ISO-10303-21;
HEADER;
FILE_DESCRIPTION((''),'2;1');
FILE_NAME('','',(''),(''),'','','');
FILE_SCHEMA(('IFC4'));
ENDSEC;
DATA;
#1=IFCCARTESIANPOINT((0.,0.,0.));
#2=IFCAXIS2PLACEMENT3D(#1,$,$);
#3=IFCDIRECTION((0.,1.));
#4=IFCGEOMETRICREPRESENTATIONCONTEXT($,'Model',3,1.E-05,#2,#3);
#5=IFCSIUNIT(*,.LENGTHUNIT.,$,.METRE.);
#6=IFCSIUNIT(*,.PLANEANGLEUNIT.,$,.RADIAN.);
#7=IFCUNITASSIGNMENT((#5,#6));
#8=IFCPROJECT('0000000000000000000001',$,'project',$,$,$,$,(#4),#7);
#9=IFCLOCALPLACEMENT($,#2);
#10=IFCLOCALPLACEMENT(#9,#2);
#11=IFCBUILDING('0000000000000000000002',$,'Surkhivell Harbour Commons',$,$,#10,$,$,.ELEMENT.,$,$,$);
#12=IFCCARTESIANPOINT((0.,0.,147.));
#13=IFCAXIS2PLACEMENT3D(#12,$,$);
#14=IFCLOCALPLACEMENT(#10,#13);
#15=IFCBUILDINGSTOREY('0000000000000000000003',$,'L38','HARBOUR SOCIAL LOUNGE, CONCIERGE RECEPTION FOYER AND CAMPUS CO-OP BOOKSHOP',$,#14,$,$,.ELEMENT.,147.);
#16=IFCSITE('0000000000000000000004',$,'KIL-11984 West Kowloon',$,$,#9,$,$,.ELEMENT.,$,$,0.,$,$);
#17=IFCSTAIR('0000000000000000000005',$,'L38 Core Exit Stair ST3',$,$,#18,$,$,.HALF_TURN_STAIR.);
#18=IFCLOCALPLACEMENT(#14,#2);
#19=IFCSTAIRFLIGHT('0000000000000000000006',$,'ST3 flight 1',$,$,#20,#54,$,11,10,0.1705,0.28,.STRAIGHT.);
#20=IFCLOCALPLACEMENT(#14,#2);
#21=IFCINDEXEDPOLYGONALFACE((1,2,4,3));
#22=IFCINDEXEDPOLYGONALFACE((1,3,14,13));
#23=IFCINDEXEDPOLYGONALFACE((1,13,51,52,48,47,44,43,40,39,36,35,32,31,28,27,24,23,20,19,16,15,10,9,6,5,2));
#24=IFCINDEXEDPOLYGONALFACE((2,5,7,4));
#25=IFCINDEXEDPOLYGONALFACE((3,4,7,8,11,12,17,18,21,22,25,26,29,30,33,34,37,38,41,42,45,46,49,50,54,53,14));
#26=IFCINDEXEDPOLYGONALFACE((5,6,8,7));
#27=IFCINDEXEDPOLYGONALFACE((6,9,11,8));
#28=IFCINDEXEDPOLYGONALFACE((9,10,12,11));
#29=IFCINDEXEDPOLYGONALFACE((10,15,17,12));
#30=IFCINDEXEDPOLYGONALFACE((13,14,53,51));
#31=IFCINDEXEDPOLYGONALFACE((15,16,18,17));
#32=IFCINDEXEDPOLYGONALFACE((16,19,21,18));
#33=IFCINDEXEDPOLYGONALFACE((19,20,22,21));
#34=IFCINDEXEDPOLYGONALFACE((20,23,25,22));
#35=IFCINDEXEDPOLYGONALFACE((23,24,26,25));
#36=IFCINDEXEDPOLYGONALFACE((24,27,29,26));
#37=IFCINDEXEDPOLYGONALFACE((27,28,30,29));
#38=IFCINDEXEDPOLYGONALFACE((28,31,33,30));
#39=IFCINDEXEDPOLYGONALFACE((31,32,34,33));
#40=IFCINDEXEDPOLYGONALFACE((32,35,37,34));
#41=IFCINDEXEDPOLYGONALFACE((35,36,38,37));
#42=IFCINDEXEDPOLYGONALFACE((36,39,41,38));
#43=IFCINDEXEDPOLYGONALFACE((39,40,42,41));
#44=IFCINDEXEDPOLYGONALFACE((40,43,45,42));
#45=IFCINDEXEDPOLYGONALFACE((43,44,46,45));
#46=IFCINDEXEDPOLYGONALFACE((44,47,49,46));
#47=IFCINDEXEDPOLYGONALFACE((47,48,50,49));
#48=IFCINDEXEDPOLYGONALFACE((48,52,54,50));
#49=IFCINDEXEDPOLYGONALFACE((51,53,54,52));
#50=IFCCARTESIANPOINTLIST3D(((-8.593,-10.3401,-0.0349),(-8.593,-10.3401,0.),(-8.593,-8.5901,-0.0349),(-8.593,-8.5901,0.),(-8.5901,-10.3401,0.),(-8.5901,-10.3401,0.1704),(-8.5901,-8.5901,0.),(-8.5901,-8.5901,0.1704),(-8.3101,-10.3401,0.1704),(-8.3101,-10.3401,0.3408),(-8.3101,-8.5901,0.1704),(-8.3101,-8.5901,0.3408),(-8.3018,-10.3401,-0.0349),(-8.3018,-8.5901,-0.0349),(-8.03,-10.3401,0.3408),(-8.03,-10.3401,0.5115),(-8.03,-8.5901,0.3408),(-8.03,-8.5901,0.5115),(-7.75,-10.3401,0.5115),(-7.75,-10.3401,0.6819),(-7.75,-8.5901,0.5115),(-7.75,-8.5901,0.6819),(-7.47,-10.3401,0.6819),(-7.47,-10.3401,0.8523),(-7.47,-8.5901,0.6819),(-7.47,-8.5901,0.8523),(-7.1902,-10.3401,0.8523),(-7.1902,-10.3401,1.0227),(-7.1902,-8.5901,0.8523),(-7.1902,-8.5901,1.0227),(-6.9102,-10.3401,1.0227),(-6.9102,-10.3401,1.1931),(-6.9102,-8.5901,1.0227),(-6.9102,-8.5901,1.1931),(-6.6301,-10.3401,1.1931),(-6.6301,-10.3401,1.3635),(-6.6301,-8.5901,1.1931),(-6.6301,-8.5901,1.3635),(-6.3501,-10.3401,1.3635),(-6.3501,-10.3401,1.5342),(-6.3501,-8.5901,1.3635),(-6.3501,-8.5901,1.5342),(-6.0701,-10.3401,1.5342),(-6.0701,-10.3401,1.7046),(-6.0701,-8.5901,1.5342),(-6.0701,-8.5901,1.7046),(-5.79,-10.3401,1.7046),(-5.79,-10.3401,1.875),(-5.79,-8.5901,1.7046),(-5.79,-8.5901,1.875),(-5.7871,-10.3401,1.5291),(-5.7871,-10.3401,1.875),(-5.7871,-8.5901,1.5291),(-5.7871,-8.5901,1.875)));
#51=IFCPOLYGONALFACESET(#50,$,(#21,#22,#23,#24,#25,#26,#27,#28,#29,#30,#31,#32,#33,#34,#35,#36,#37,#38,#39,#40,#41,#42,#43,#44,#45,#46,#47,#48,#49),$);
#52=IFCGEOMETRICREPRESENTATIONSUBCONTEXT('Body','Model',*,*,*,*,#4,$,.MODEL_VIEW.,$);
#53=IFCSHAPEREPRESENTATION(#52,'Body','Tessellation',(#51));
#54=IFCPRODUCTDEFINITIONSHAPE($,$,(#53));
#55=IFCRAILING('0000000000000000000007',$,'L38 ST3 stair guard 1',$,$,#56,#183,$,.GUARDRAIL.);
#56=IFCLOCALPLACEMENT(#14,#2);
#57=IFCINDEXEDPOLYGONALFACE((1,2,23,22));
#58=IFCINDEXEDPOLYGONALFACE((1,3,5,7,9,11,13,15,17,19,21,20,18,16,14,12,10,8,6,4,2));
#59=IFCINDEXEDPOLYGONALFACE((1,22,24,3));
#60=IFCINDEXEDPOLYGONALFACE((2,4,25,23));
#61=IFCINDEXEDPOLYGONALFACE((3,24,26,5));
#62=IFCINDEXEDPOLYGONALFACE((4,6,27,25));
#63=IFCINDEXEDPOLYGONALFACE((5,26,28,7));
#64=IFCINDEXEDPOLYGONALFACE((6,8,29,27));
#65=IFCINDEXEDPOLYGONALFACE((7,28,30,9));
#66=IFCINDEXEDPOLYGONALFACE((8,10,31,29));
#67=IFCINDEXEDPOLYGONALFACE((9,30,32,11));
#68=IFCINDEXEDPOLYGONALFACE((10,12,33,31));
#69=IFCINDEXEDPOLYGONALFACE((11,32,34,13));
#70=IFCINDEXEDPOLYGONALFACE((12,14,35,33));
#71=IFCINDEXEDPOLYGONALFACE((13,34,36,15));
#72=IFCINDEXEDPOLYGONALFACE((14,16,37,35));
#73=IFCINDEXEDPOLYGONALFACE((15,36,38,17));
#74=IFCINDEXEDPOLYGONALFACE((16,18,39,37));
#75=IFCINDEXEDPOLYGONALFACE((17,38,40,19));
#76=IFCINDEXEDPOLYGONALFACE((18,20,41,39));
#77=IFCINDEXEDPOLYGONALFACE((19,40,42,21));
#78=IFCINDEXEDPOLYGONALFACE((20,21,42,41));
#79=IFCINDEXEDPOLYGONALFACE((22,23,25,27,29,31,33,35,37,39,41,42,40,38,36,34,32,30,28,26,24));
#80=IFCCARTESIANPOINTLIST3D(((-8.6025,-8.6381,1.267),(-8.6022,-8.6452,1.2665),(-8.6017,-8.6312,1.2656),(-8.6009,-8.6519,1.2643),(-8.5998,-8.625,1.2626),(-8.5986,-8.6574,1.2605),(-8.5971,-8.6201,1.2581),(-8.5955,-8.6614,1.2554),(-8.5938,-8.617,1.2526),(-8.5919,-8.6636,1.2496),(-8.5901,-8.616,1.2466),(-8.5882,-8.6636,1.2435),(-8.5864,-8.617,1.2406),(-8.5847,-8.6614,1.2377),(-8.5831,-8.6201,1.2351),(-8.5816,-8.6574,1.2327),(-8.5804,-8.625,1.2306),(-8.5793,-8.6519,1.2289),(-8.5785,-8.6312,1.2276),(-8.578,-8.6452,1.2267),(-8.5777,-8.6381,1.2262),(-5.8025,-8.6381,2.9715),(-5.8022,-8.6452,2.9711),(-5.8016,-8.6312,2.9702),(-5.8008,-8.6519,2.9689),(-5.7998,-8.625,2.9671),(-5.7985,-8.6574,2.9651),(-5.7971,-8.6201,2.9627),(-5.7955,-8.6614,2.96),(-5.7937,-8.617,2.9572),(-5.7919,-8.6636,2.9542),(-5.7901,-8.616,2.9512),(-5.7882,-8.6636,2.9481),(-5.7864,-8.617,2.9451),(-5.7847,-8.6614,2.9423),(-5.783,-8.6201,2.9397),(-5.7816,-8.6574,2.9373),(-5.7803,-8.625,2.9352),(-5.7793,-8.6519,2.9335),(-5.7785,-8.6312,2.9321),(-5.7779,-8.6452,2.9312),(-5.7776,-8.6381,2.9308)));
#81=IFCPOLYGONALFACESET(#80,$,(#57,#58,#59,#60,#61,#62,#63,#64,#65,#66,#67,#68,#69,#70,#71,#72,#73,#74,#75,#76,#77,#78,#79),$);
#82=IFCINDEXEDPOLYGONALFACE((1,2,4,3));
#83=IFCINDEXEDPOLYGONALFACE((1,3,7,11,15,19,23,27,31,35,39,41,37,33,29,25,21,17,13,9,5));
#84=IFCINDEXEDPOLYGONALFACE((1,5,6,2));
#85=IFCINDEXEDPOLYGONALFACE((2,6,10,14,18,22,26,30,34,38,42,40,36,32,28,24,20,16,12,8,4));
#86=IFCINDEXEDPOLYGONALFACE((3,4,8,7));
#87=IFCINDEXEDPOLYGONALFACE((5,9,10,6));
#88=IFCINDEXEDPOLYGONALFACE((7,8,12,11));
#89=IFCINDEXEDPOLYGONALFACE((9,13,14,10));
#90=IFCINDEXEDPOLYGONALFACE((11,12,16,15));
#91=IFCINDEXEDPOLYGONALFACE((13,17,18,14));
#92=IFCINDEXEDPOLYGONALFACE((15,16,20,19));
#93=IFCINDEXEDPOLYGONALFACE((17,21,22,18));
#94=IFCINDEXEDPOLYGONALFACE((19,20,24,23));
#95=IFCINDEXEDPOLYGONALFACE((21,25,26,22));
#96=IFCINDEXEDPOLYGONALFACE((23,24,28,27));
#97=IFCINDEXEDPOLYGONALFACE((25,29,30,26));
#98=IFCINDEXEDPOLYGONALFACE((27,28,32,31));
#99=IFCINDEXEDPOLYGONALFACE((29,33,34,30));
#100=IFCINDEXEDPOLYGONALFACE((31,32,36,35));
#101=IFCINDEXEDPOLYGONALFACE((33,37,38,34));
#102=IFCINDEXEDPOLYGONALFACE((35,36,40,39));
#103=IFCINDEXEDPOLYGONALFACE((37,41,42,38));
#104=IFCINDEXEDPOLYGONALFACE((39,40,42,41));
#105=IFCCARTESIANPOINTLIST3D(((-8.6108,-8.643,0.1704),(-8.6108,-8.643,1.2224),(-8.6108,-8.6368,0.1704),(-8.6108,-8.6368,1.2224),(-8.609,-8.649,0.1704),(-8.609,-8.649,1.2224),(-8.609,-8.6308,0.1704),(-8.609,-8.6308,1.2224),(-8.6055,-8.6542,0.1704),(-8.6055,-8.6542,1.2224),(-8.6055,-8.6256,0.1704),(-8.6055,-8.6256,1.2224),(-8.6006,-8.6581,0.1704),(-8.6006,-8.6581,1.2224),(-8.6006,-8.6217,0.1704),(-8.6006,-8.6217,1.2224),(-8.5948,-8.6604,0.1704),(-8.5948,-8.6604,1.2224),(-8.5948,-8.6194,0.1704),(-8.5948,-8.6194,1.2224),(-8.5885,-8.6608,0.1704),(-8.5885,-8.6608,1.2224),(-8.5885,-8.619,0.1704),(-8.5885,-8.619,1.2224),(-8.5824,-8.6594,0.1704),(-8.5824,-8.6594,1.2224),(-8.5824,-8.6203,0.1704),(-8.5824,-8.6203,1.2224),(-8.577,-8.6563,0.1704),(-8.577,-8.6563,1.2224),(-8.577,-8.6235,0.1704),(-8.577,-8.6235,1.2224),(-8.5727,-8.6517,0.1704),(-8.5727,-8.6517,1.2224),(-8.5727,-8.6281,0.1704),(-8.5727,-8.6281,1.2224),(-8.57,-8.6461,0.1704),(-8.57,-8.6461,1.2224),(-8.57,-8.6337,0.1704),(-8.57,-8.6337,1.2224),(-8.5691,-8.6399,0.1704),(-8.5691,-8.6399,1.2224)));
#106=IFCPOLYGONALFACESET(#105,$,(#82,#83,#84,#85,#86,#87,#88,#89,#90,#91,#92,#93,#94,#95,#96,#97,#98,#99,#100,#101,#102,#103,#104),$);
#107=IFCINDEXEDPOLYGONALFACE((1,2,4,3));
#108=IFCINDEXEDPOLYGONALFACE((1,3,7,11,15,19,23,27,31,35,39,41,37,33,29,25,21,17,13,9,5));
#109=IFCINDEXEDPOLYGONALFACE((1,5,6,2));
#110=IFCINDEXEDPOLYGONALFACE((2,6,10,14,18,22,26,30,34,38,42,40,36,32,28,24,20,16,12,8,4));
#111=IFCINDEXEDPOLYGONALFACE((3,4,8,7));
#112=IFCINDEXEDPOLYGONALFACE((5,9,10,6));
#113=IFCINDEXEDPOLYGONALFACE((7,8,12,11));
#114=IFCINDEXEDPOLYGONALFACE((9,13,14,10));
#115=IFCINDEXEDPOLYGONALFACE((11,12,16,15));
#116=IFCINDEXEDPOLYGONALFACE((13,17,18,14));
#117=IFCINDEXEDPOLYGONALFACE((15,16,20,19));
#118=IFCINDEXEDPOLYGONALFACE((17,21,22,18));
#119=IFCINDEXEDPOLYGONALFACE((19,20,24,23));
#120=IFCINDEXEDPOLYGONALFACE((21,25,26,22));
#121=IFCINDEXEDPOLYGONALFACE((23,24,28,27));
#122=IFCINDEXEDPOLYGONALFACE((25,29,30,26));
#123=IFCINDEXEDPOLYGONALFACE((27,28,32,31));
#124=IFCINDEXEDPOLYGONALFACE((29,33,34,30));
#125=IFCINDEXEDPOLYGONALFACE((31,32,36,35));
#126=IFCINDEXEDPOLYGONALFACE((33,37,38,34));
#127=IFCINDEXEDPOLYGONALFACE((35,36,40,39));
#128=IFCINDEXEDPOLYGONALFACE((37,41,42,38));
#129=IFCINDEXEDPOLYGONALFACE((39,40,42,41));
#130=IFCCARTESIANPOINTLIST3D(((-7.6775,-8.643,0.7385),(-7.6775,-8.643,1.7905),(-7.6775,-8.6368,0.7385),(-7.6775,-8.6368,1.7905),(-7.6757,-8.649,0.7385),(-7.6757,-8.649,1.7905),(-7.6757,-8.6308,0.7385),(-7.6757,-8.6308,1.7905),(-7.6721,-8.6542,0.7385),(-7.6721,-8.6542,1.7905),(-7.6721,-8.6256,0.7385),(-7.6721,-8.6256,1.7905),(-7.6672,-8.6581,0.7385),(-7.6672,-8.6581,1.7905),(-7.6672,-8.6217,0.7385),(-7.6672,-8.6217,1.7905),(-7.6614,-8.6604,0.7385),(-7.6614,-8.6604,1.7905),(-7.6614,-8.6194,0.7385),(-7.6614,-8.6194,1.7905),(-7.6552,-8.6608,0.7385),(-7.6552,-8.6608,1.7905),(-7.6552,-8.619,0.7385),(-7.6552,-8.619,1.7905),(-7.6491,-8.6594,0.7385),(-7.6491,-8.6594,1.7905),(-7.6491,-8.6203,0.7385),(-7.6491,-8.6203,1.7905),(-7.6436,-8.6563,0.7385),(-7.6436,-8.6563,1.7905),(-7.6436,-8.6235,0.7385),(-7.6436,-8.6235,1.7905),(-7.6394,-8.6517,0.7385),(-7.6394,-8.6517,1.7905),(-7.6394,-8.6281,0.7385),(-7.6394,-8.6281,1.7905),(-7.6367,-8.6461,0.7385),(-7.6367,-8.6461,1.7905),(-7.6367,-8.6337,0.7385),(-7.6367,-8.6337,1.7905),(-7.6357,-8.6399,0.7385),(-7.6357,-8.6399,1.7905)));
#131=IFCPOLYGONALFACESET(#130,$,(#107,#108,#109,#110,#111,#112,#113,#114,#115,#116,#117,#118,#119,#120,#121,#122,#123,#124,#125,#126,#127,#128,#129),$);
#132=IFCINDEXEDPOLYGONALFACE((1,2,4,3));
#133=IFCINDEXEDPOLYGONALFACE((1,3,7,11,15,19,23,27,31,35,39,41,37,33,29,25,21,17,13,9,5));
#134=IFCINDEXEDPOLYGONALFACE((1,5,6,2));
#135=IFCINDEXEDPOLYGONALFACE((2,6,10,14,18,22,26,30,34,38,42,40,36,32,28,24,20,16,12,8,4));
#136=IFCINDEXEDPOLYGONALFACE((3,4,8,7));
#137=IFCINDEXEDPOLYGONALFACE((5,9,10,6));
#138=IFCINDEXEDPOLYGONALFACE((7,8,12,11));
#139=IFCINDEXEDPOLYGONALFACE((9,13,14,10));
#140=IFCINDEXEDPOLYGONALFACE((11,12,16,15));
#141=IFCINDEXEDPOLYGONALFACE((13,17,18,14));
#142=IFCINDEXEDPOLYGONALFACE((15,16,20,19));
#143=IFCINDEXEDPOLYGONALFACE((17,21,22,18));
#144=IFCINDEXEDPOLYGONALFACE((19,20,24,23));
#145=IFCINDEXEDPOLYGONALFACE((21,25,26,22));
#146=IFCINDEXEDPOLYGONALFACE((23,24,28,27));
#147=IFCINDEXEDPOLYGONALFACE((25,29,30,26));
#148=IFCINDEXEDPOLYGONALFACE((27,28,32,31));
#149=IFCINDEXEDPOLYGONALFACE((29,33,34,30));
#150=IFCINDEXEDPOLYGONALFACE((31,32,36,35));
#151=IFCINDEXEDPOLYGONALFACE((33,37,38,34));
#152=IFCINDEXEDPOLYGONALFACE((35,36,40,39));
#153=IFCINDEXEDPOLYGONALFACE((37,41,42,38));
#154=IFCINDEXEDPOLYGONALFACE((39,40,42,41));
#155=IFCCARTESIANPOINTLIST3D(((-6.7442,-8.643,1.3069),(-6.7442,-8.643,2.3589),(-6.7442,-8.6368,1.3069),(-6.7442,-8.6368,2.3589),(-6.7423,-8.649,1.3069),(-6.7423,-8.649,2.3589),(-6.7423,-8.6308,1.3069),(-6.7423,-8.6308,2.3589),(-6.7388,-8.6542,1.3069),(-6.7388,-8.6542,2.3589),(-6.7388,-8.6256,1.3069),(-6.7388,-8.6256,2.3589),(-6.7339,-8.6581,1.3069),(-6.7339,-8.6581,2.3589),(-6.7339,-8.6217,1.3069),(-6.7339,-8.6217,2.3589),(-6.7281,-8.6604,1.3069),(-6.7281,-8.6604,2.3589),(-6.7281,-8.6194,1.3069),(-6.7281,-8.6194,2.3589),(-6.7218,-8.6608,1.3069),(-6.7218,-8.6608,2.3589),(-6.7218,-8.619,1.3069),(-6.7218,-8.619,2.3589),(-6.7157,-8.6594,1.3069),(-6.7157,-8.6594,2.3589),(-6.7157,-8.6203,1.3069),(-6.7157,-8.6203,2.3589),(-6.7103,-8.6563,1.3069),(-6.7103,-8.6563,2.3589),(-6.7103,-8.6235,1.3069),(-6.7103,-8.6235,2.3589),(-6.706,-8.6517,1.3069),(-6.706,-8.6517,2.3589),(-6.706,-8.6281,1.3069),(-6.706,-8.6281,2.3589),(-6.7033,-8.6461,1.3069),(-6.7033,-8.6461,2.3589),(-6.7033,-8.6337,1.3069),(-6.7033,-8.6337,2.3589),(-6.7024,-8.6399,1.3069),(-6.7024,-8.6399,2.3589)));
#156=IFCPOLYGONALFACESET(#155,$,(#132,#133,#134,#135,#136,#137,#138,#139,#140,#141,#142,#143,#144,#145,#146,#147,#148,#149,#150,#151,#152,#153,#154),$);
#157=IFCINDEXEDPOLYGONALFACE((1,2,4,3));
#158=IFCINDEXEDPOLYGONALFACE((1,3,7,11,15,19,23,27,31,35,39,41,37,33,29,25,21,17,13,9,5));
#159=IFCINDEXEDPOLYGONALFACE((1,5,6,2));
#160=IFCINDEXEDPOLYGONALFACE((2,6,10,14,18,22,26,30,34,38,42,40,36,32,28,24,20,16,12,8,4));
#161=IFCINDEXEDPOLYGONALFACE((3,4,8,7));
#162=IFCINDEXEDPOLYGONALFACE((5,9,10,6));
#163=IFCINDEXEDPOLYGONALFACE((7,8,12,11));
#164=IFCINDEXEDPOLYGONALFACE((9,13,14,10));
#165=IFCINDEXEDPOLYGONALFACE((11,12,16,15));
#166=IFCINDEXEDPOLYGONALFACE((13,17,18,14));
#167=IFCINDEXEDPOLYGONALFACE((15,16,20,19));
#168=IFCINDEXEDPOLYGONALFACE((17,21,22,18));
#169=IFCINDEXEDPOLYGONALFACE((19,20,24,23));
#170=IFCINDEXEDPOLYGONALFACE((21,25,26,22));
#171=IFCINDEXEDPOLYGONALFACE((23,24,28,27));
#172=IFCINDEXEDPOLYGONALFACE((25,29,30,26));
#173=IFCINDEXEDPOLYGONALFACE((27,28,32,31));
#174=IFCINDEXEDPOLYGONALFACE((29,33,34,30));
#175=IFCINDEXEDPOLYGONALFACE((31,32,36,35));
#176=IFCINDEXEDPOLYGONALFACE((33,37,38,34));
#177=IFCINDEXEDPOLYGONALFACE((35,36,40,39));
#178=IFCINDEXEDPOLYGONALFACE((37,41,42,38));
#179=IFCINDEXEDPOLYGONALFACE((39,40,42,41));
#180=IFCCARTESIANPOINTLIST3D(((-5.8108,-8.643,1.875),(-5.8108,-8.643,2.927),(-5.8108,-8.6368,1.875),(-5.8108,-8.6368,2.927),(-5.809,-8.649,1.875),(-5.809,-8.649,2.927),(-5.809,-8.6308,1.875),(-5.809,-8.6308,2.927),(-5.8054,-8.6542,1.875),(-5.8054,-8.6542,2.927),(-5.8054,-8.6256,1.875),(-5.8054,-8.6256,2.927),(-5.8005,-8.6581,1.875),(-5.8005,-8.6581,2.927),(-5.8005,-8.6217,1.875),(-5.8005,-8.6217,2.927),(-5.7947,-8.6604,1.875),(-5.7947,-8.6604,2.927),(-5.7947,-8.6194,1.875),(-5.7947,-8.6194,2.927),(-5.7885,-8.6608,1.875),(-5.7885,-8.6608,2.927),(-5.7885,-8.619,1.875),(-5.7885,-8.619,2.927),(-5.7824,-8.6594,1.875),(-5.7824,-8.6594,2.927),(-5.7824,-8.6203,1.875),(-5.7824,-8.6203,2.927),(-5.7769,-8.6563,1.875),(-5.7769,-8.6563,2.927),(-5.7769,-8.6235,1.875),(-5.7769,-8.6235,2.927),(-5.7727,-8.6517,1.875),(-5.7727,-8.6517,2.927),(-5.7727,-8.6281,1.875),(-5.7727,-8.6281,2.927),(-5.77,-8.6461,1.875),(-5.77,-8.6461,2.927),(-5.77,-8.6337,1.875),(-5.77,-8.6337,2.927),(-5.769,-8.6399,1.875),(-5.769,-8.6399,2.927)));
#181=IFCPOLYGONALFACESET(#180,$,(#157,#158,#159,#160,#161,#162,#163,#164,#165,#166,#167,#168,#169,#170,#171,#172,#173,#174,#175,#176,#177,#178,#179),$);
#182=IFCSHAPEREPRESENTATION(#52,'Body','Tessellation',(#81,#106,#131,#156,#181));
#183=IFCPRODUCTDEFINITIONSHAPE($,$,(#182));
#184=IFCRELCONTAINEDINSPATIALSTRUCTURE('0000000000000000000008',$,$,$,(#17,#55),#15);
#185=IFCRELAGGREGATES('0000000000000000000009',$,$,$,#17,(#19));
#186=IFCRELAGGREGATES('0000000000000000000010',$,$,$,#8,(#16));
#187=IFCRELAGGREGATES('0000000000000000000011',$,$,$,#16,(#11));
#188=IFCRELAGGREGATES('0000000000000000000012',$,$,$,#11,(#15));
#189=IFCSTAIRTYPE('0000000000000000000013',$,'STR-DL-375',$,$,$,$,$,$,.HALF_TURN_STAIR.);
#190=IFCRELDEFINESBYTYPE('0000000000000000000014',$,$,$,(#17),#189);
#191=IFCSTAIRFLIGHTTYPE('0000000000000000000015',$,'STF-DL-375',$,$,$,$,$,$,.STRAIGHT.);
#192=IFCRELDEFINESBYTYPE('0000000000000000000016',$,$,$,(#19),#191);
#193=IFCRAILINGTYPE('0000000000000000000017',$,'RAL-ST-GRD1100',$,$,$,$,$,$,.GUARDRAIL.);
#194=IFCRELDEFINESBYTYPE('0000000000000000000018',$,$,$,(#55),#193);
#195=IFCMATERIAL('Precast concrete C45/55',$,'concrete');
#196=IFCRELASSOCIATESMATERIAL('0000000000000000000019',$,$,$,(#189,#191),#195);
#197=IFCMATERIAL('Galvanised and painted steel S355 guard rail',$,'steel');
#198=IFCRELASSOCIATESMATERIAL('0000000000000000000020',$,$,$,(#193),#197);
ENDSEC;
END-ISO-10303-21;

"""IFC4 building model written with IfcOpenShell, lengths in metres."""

from ifc_helpers import new_model, si_unit, direction, frame, origin, origin_2d, place, context, subcontext, project, spatial, polyline, circle, outline, extrude, material, type_object, element, aggregate, save


model = new_model("IFC4")

# Units and contexts
model_context = context("Model", 3, precision=1e-05, world=origin(), true_north=direction((0.0, 1.0)))
body_context = subcontext(model_context, "Body", "Model", "MODEL_VIEW")
ifc_project = project(units=[si_unit("LENGTHUNIT", "METRE"), si_unit("PLANEANGLEUNIT", "RADIAN")], contexts=[model_context])

# Site, building, storey
site_placement = place(None, origin())
site = spatial("IfcSite", under=ifc_project, at=site_placement, Name="KIL-11984 West Kowloon", CompositionType="ELEMENT", RefElevation=0.0)
building_placement = place(site_placement, origin())
building = spatial("IfcBuilding", under=site, at=building_placement, Name="Surkhivell Harbour Commons", CompositionType="ELEMENT")
storey_placement = place(building_placement, frame((0.0, 0.0, 147.0)))
storey = spatial("IfcBuildingStorey", under=building, at=storey_placement, Name="L38", Description="HARBOUR SOCIAL LOUNGE, CONCIERGE RECEPTION FOYER AND CAMPUS CO-OP BOOKSHOP", CompositionType="ELEMENT", Elevation=147.0)

# Stair, stair flight
ifc_material_1 = material(Name="Precast concrete C45/55", Category="concrete")
stair_type = type_object("IfcStairType", Name="STR-DL-375", PredefinedType="HALF_TURN_STAIR", material=ifc_material_1)
stair_placement = place(storey_placement, origin())
stair = element("IfcStair", 1, at=stair_placement, inside=storey, type_object=stair_type, Name="L38 Core Exit Stair ST3", PredefinedType="HALF_TURN_STAIR")
stair_flight_type = type_object("IfcStairFlightType", Name="STF-DL-375", PredefinedType="STRAIGHT", material=ifc_material_1)
stair_flight_placement = place(storey_placement, frame((-8.5901, -9.4651, 0.0), z_axis=(0.0, 0.0, 1.0), x_axis=(1.0, 0.0, 0.0)))
stair_flight = element("IfcStairFlight", 2, at=stair_flight_placement, type_object=stair_flight_type, Name="ST3 flight 1", NumberOfRisers=11, NumberOfTreads=10, PredefinedType="STRAIGHT", RiserHeight=0.1705, TreadLength=0.28, context=body_context, shape_type="SweptSolid", body=[
    extrude(outline(polyline([(-0.0029, -0.0349), (-0.0029, 0.0), (0.0, 0.0), (0.0, 0.1704), (0.28, 0.1704), (0.28, 0.3408), (0.5601, 0.3408), (0.5601, 0.5115), (0.8401, 0.5115), (0.8401, 0.6819), (1.1201, 0.6819), (1.1201, 0.8523), (1.3999, 0.8523), (1.3999, 1.0227), (1.6799, 1.0227), (1.6799, 1.1931), (1.96, 1.1931), (1.96, 1.3635), (2.24, 1.3635), (2.24, 1.5342), (2.52, 1.5342), (2.52, 1.7046), (2.8, 1.7046), (2.8, 1.875), (2.803, 1.875), (2.803, 1.5291), (0.2883, -0.0349), (-0.0029, -0.0349)])), frame((0.0, 0.875, 0.0), z_axis=(0.0, -1.0, 0.0), x_axis=(1.0, 0.0, 0.0)), (0.0, 0.0, 1.0), 1.75),
])
aggregate(stair, [stair_flight])

# Railing
ifc_material_2 = material(Name="Galvanised and painted steel S355 guard rail", Category="steel")
railing_type_1 = type_object("IfcRailingType", Name="RAL-ST-GRD1100", PredefinedType="GUARDRAIL", material=ifc_material_2)
railing_1_placement = place(storey_placement, frame((-8.5901, -8.6399, 0.1704)))
element("IfcRailing", 3, at=railing_1_placement, inside=storey, type_object=railing_type_1, Name="L38 ST3 stair guard 1", PredefinedType="GUARDRAIL", context=body_context, shape_type="SweptSolid", body=[
    extrude(circle(Radius=0.0239, at=origin_2d()), frame((0.0, 0.0, 1.0762), z_axis=(0.85417, 0.0, 0.519994), x_axis=(0.0, 1.0, 0.0)), (0.0, 0.0, 1.0), 3.2781),
    extrude(circle(Radius=0.021, at=origin_2d()), origin(), (0.0, 0.0, 1.0), 1.052),
    extrude(circle(Radius=0.021, at=origin_2d()), frame((0.9333, 0.0, 0.5681)), (0.0, 0.0, 1.0), 1.052),
    extrude(circle(Radius=0.021, at=origin_2d()), frame((1.8667, 0.0, 1.1365)), (0.0, 0.0, 1.0), 1.052),
    extrude(circle(Radius=0.021, at=origin_2d()), frame((2.8, 0.0, 1.7046)), (0.0, 0.0, 1.0), 1.052),
])

save(model, "model.ifc")
